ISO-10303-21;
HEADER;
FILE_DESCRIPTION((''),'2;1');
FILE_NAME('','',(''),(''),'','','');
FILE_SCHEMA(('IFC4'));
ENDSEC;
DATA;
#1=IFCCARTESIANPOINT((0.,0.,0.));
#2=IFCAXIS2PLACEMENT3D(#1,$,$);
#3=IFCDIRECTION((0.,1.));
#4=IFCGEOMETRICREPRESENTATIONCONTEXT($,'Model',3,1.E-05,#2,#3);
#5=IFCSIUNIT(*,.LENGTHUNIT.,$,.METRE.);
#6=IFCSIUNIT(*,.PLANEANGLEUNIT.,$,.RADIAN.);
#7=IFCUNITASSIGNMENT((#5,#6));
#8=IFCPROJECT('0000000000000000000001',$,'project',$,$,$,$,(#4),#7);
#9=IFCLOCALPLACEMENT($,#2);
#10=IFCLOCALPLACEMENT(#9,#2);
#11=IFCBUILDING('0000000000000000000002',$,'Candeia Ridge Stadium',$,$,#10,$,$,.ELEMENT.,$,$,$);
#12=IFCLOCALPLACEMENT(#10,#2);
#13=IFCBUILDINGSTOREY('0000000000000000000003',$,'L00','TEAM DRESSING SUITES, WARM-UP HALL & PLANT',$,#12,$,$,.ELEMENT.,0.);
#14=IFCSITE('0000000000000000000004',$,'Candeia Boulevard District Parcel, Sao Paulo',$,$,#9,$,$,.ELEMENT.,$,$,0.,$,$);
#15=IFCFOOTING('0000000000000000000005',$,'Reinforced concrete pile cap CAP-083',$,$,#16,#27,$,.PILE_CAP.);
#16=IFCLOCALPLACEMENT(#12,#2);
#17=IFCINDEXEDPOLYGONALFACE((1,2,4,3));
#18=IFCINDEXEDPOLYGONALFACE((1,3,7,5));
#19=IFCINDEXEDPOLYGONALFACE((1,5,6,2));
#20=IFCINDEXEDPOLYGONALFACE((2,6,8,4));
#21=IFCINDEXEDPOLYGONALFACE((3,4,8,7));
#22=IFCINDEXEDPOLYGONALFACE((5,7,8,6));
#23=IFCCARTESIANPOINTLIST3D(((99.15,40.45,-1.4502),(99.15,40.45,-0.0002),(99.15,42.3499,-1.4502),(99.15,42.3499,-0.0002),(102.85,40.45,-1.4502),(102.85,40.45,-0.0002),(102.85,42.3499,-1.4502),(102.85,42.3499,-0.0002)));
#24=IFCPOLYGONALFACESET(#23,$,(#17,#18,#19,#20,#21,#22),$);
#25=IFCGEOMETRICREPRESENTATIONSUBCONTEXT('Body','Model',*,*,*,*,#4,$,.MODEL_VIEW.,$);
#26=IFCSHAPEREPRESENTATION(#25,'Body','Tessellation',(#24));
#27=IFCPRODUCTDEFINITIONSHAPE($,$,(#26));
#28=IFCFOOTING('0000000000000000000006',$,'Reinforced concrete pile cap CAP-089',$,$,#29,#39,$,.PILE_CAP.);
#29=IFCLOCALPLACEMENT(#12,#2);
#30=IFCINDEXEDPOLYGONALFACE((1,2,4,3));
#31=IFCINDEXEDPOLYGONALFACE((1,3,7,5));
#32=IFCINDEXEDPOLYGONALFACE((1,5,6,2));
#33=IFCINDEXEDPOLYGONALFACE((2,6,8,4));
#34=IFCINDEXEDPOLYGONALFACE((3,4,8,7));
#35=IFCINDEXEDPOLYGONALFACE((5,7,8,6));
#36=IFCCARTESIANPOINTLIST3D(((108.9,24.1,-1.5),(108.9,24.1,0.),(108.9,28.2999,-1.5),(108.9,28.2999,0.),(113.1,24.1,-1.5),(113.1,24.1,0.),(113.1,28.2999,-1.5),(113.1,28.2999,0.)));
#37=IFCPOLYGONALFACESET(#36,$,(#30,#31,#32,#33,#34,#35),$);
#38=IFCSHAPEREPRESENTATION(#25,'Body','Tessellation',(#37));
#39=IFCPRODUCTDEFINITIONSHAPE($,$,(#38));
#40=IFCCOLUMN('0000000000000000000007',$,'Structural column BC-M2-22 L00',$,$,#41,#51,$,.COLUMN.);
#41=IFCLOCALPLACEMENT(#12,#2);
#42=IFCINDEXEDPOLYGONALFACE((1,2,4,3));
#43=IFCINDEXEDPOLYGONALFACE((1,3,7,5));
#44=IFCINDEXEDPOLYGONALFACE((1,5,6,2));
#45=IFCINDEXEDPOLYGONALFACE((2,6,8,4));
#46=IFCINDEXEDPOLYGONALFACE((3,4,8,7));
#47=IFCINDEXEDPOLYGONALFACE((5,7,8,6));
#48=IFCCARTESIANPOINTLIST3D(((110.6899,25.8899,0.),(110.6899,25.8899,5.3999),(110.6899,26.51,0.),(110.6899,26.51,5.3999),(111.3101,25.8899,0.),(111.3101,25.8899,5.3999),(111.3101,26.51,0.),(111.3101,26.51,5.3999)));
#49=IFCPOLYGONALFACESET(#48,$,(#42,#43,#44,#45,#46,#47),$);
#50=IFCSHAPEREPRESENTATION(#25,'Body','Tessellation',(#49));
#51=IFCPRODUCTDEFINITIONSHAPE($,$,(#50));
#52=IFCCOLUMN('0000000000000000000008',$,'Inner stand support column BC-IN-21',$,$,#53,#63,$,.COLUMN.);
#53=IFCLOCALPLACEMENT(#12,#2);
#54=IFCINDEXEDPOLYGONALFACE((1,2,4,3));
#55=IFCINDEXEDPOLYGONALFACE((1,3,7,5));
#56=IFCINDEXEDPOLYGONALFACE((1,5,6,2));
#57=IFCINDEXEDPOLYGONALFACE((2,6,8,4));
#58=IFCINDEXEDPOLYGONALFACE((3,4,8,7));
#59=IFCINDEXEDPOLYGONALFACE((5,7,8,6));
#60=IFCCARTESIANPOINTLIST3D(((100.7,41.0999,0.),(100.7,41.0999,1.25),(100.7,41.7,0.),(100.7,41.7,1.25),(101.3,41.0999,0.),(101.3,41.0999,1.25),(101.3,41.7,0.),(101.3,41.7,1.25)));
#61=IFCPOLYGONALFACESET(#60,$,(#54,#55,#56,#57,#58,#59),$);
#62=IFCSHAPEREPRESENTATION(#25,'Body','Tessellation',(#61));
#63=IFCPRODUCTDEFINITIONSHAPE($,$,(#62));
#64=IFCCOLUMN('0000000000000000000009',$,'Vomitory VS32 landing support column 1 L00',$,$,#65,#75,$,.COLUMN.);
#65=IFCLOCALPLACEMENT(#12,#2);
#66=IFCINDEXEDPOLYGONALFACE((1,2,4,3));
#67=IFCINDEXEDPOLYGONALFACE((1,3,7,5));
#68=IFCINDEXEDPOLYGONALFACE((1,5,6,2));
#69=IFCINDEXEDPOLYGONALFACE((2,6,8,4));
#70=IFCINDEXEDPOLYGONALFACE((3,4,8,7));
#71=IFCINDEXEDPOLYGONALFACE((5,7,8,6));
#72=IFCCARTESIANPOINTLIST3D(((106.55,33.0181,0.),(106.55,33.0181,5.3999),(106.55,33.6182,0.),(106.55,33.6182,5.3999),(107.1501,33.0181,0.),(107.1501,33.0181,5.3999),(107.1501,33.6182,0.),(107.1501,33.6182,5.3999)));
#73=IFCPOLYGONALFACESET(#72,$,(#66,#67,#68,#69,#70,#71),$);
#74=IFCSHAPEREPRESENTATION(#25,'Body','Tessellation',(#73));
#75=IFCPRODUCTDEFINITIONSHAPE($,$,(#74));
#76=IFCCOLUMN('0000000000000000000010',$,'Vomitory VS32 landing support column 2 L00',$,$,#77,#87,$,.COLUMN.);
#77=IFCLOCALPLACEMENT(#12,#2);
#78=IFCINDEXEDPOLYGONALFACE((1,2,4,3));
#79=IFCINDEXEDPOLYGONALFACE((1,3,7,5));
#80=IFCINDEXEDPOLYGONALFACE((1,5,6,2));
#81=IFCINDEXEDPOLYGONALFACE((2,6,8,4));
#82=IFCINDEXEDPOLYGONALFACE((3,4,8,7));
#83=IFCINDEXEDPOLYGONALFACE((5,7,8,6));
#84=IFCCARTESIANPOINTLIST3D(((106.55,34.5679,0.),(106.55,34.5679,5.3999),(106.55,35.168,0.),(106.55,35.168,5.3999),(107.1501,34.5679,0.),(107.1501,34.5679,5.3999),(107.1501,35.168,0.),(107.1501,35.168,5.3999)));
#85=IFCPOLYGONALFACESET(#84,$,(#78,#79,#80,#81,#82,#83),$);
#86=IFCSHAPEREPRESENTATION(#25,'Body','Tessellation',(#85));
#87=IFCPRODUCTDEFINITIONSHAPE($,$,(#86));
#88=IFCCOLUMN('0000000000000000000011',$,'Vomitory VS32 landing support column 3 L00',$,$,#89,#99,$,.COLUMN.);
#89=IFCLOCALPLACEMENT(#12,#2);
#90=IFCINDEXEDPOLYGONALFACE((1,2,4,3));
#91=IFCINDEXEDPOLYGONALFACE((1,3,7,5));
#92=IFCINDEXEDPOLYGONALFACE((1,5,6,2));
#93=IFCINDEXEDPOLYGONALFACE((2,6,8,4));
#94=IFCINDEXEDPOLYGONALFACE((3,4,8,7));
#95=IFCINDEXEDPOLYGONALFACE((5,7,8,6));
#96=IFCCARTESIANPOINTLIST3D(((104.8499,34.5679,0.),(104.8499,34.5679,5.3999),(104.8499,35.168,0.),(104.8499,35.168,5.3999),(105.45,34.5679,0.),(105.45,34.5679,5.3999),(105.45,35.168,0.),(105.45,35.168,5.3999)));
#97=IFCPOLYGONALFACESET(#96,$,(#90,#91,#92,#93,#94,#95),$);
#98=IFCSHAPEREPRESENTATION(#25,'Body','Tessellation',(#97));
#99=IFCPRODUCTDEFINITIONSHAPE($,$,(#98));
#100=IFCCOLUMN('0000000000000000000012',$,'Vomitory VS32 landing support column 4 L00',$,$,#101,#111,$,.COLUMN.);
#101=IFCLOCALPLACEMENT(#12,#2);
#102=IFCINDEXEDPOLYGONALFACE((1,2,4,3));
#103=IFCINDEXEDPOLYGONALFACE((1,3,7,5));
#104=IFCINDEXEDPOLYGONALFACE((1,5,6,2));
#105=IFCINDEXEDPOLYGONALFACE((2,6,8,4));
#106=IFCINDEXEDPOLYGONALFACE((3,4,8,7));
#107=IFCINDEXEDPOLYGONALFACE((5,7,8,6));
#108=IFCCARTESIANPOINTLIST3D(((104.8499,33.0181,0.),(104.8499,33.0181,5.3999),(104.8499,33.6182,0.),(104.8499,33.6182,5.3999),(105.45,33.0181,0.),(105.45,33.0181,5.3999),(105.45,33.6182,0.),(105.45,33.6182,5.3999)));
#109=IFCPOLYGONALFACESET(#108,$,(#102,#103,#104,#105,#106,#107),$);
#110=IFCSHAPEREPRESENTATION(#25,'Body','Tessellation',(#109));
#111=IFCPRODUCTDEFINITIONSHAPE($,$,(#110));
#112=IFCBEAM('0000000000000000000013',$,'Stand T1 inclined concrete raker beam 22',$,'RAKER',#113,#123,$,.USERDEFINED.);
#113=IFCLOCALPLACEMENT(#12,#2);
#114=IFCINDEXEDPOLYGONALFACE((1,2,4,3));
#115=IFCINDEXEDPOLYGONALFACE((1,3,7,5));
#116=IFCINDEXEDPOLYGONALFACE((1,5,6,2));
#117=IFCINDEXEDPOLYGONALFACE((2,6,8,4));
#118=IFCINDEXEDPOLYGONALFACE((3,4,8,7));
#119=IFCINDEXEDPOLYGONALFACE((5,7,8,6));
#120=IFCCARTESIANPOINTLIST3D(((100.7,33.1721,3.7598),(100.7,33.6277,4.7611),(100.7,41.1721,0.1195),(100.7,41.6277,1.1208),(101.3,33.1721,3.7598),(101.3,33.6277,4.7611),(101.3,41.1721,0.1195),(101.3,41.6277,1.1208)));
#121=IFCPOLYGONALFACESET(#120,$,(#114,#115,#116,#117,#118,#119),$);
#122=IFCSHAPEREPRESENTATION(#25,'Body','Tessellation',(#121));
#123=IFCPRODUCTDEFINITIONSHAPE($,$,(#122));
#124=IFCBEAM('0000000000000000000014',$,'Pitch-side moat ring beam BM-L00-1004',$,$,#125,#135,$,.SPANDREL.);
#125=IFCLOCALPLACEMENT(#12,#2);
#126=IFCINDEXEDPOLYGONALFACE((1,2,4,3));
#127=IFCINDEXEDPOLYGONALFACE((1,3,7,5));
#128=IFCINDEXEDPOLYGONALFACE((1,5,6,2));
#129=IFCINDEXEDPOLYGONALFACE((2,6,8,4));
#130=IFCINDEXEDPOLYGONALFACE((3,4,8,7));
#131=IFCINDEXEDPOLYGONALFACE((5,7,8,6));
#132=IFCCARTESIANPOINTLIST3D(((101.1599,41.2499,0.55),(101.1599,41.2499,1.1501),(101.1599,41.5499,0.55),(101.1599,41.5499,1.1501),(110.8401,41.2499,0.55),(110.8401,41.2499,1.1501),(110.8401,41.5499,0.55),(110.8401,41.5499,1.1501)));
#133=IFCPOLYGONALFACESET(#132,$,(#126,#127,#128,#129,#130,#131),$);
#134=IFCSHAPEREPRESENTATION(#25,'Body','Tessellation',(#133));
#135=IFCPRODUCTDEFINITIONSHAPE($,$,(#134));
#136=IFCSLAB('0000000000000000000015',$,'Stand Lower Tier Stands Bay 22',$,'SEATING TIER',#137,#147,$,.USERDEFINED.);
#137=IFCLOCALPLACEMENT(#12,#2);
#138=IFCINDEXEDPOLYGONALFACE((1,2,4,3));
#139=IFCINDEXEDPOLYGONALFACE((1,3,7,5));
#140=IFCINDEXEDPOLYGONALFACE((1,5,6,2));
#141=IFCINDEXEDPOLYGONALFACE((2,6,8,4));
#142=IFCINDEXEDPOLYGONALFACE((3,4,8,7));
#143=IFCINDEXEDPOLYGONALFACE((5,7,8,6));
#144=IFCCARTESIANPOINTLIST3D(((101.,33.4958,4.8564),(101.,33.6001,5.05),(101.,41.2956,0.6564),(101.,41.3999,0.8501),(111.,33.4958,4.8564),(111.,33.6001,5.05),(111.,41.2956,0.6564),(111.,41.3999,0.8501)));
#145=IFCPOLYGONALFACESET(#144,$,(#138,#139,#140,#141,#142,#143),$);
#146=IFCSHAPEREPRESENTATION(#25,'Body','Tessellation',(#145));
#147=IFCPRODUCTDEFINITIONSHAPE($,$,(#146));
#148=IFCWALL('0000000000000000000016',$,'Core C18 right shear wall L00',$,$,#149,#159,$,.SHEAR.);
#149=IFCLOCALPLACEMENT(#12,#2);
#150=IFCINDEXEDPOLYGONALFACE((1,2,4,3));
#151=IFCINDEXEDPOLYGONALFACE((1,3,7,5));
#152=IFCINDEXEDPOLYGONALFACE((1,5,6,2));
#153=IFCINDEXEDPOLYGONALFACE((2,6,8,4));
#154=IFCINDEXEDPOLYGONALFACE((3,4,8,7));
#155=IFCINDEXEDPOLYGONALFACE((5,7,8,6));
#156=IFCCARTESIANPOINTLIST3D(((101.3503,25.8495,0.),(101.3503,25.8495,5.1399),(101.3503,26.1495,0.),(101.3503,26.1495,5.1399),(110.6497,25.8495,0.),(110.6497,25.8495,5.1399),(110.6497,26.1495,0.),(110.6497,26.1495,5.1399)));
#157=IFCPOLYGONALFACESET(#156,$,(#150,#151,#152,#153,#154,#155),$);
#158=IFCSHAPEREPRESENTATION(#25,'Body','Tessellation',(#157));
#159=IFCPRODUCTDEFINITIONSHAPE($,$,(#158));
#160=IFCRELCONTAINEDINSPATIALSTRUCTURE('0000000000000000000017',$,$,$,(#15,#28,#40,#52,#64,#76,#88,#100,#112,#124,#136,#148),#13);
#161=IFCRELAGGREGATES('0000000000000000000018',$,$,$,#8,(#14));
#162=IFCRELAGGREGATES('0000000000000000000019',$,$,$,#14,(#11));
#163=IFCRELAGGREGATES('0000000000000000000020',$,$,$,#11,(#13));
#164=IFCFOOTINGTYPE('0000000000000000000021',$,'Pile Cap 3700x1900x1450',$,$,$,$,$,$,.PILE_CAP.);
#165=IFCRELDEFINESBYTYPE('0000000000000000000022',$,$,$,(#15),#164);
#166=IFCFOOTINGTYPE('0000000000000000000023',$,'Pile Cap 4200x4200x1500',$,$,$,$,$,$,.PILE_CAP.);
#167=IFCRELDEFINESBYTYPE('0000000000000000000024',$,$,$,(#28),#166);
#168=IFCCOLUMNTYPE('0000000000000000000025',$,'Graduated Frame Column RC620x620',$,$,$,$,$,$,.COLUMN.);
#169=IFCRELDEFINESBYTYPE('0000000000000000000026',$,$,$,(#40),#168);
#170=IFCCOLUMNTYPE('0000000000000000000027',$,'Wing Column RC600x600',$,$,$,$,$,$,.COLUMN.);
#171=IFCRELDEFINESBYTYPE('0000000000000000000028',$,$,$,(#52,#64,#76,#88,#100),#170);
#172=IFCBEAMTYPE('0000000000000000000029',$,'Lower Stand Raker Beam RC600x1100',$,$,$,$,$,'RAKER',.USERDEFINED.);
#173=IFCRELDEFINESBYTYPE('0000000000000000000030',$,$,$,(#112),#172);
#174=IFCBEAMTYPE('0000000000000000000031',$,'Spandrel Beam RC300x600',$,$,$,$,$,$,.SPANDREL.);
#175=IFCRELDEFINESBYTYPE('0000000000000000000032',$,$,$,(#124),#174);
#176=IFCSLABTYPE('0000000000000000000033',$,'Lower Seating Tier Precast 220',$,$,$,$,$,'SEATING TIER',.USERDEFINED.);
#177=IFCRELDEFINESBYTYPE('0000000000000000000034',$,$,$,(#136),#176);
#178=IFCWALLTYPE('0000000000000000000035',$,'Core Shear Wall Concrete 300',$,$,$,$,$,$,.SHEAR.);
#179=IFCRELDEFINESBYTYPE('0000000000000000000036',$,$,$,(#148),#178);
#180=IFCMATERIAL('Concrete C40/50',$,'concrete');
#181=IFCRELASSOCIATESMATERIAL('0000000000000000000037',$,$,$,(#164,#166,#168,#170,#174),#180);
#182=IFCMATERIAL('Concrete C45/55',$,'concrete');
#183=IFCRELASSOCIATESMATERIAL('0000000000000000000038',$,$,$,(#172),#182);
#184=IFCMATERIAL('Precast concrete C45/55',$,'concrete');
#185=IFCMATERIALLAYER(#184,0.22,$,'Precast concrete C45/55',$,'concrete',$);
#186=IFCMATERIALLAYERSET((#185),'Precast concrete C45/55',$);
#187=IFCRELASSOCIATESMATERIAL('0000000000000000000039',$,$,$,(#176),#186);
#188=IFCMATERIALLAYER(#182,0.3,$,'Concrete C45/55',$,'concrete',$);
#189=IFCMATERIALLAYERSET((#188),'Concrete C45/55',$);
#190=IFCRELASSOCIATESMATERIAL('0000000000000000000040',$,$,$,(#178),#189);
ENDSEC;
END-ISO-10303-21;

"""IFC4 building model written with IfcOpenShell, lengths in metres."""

from ifc_helpers import new_model, si_unit, direction, frame, frame_2d, origin, origin_2d, place, context, subcontext, project, spatial, polyline, rectangle, outline, extrude, material, layer, layer_set, material_profile, profile_set, type_object, element, save


model = new_model("IFC4")

# Units and contexts
model_context = context("Model", 3, precision=1e-05, world=origin(), true_north=direction((0.0, 1.0)))
body_context = subcontext(model_context, "Body", "Model", "MODEL_VIEW")
ifc_project = project(units=[si_unit("LENGTHUNIT", "METRE"), si_unit("PLANEANGLEUNIT", "RADIAN")], contexts=[model_context])

# Site, building, storey
site_placement = place(None, origin())
site = spatial("IfcSite", under=ifc_project, at=site_placement, Name="Candeia Boulevard District Parcel, Sao Paulo", CompositionType="ELEMENT", RefElevation=0.0)
building_placement = place(site_placement, origin())
building = spatial("IfcBuilding", under=site, at=building_placement, Name="Candeia Ridge Stadium", CompositionType="ELEMENT")
storey_placement = place(building_placement, origin())
storey = spatial("IfcBuildingStorey", under=building, at=storey_placement, Name="L00", Description="TEAM DRESSING SUITES, WARM-UP HALL & PLANT", CompositionType="ELEMENT", Elevation=0.0)

# Shared definitions
ifc_material_1 = material(Name="Concrete C40/50", Category="concrete")

# Footings
footing_type_1 = type_object("IfcFootingType", Name="Pile Cap 3700x1900x1450", PredefinedType="PILE_CAP", material=ifc_material_1)
footing_1_placement = place(storey_placement, frame((101.0, 41.3999, -1.4502), z_axis=(0.0, 0.0, 1.0), x_axis=(1.0, 0.0, 0.0)))
element("IfcFooting", 1, at=footing_1_placement, inside=storey, type_object=footing_type_1, Name="Reinforced concrete pile cap CAP-083", PredefinedType="PILE_CAP", context=body_context, shape_type="SweptSolid", body=[
    extrude(rectangle(XDim=3.7, YDim=1.8999, at=origin_2d()), origin(), (0.0, 0.0, 1.0), 1.45),
])
footing_type_2 = type_object("IfcFootingType", Name="Pile Cap 4200x4200x1500", PredefinedType="PILE_CAP", material=ifc_material_1)
footing_2_placement = place(storey_placement, frame((111.0, 26.2, -1.5), z_axis=(0.0, 0.0, 1.0), x_axis=(1.0, 0.0, 0.0)))
element("IfcFooting", 2, at=footing_2_placement, inside=storey, type_object=footing_type_2, Name="Reinforced concrete pile cap CAP-089", PredefinedType="PILE_CAP", context=body_context, shape_type="SweptSolid", body=[
    extrude(rectangle(XDim=4.2, YDim=4.2, at=origin_2d()), origin(), (0.0, 0.0, 1.0), 1.5),
])

# Columns
ifc_material_profile_1 = material_profile(ifc_material_1, rectangle(XDim=0.6201, YDim=0.6201, at=origin_2d()), Name="RC620x620", Category="concrete")
ifc_profile_set_1 = profile_set([ifc_material_profile_1], Name="Concrete C40/50")
column_type_1 = type_object("IfcColumnType", Name="Graduated Frame Column RC620x620", PredefinedType="COLUMN", material=ifc_profile_set_1)
column_1_placement = place(storey_placement, frame((111.0, 26.2, 0.0), z_axis=(0.0, 0.0, 1.0), x_axis=(1.0, 0.0, 0.0)))
element("IfcColumn", 3, at=column_1_placement, inside=storey, type_object=column_type_1, Name="Structural column BC-M2-22 L00", PredefinedType="COLUMN", context=body_context, shape_type="SweptSolid", body=[
    extrude(rectangle(XDim=0.6201, YDim=0.6201, at=origin_2d()), origin(), (0.0, 0.0, 1.0), 5.3999),
])
ifc_material_profile_2 = material_profile(ifc_material_1, rectangle(XDim=0.6001, YDim=0.6001, at=origin_2d()), Name="RC600x600", Category="concrete")
ifc_profile_set_2 = profile_set([ifc_material_profile_2], Name="Concrete C40/50")
column_type_2 = type_object("IfcColumnType", Name="Wing Column RC600x600", PredefinedType="COLUMN", material=ifc_profile_set_2)
column_2_placement = place(storey_placement, frame((101.0, 41.3999, 0.0), z_axis=(0.0, 0.0, 1.0), x_axis=(1.0, 0.0, 0.0)))
element("IfcColumn", 4, at=column_2_placement, inside=storey, type_object=column_type_2, Name="Inner stand support column BC-IN-21", PredefinedType="COLUMN", context=body_context, shape_type="SweptSolid", body=[
    extrude(rectangle(XDim=0.6001, YDim=0.6001, at=origin_2d()), origin(), (0.0, 0.0, 1.0), 1.25),
])
for number, where, z_axis, x_axis, name in (
    (5, (106.8501, 33.3181, 0.0), (0.0, 0.0, 1.0), (1.0, 0.0, 0.0), "Vomitory VS32 landing support column 1 L00"),
    (6, (106.8501, 34.8679, 0.0), (0.0, 0.0, 1.0), (1.0, 0.0, 0.0), "Vomitory VS32 landing support column 2 L00"),
    (7, (105.1499, 34.8679, 0.0), (0.0, 0.0, 1.0), (1.0, 0.0, 0.0), "Vomitory VS32 landing support column 3 L00"),
    (8, (105.1499, 33.3181, 0.0), (0.0, 0.0, 1.0), (1.0, 0.0, 0.0), "Vomitory VS32 landing support column 4 L00"),
):
    element("IfcColumn", number, at=place(storey_placement, frame(where, z_axis=z_axis, x_axis=x_axis)), inside=storey, type_object=column_type_2, Name=name, PredefinedType="COLUMN", context=body_context, shape_type="SweptSolid", body=[
        extrude(rectangle(XDim=0.6001, YDim=0.6001, at=origin_2d()), origin(), (0.0, 0.0, 1.0), 5.3999),
    ])

# Beams
ifc_material_2 = material(Name="Concrete C45/55", Category="concrete")
ifc_material_profile_3 = material_profile(ifc_material_2, rectangle(XDim=0.6001, YDim=1.1001, at=origin_2d()), Name="RC600x1100", Category="concrete")
ifc_profile_set_3 = profile_set([ifc_material_profile_3], Name="Concrete C45/55")
beam_type_1 = type_object("IfcBeamType", Name="Lower Stand Raker Beam RC600x1100", ElementType="RAKER", PredefinedType="USERDEFINED", material=ifc_profile_set_3)
beam_1_placement = place(storey_placement, frame((101.0, 41.3999, 0.6201), z_axis=(0.0, -0.910194, 0.414182), x_axis=(1.0, 0.0, 0.0)))
element("IfcBeam", 9, at=beam_1_placement, inside=storey, type_object=beam_type_1, Name="Stand T1 inclined concrete raker beam 22", ObjectType="RAKER", PredefinedType="USERDEFINED", context=body_context, shape_type="SweptSolid", body=[
    extrude(rectangle(XDim=0.6001, YDim=1.1001, at=origin_2d()), origin(), (0.0, 0.0, 1.0), 8.7893),
])
ifc_material_profile_4 = material_profile(ifc_material_1, rectangle(XDim=0.3, YDim=0.6001, at=origin_2d()), Name="RC300x600", Category="concrete")
ifc_profile_set_4 = profile_set([ifc_material_profile_4], Name="Concrete C40/50")
beam_type_2 = type_object("IfcBeamType", Name="Spandrel Beam RC300x600", PredefinedType="SPANDREL", material=ifc_profile_set_4)
beam_2_placement = place(storey_placement, frame((101.1599, 41.3999, 0.8501), z_axis=(1.0, 0.0, 0.0), x_axis=(0.0, 1.0, 0.0)))
element("IfcBeam", 10, at=beam_2_placement, inside=storey, type_object=beam_type_2, Name="Pitch-side moat ring beam BM-L00-1004", PredefinedType="SPANDREL", context=body_context, shape_type="SweptSolid", body=[
    extrude(rectangle(XDim=0.3, YDim=0.6001, at=origin_2d()), origin(), (0.0, 0.0, 1.0), 9.6802),
])

# Slab
ifc_material_3 = material(Name="Precast concrete C45/55", Category="concrete")
ifc_layer_1 = layer(ifc_material_3, 0.22, Name="Precast concrete C45/55", Category="concrete")
ifc_layer_set_1 = layer_set([ifc_layer_1], Name="Precast concrete C45/55")
slab_type = type_object("IfcSlabType", Name="Lower Seating Tier Precast 220", ElementType="SEATING TIER", PredefinedType="USERDEFINED", material=ifc_layer_set_1)
slab_placement = place(storey_placement, frame((101.0, 41.3999, 0.8501), z_axis=(0.0, 0.474105, 0.880468), x_axis=(1.0, 0.0, 0.0)))
element("IfcSlab", 11, at=slab_placement, inside=storey, type_object=slab_type, Name="Stand Lower Tier Stands Bay 22", ObjectType="SEATING TIER", PredefinedType="USERDEFINED", context=body_context, shape_type="SweptSolid", body=[
    extrude(outline(polyline([(0.0, 0.0), (10.0, 0.0), (10.0, -8.8587), (0.0, -8.8587), (0.0, 0.0)])), origin(), (0.0, 0.0, -1.0), 0.22),
])

# Wall
ifc_layer_2 = layer(ifc_material_2, 0.3, Name="Concrete C45/55", Category="concrete")
ifc_layer_set_2 = layer_set([ifc_layer_2], Name="Concrete C45/55")
wall_type_1 = type_object("IfcWallType", Name="Core Shear Wall Concrete 300", PredefinedType="SHEAR", material=ifc_layer_set_2)
wall_1_placement = place(storey_placement, frame((110.6497, 25.9995, 0.0), z_axis=(0.0, 0.0, 1.0), x_axis=(-1.0, 0.0, 0.0)))
element("IfcWall", 12, at=wall_1_placement, inside=storey, type_object=wall_type_1, Name="Core C18 right shear wall L00", PredefinedType="SHEAR", context=body_context, shape_type="SweptSolid", body=[
    extrude(rectangle(XDim=9.2993, YDim=0.3, at=frame_2d((4.6497, 0.0))), origin(), (0.0, 0.0, 1.0), 5.1399),
])

save(model, "model.ifc")
